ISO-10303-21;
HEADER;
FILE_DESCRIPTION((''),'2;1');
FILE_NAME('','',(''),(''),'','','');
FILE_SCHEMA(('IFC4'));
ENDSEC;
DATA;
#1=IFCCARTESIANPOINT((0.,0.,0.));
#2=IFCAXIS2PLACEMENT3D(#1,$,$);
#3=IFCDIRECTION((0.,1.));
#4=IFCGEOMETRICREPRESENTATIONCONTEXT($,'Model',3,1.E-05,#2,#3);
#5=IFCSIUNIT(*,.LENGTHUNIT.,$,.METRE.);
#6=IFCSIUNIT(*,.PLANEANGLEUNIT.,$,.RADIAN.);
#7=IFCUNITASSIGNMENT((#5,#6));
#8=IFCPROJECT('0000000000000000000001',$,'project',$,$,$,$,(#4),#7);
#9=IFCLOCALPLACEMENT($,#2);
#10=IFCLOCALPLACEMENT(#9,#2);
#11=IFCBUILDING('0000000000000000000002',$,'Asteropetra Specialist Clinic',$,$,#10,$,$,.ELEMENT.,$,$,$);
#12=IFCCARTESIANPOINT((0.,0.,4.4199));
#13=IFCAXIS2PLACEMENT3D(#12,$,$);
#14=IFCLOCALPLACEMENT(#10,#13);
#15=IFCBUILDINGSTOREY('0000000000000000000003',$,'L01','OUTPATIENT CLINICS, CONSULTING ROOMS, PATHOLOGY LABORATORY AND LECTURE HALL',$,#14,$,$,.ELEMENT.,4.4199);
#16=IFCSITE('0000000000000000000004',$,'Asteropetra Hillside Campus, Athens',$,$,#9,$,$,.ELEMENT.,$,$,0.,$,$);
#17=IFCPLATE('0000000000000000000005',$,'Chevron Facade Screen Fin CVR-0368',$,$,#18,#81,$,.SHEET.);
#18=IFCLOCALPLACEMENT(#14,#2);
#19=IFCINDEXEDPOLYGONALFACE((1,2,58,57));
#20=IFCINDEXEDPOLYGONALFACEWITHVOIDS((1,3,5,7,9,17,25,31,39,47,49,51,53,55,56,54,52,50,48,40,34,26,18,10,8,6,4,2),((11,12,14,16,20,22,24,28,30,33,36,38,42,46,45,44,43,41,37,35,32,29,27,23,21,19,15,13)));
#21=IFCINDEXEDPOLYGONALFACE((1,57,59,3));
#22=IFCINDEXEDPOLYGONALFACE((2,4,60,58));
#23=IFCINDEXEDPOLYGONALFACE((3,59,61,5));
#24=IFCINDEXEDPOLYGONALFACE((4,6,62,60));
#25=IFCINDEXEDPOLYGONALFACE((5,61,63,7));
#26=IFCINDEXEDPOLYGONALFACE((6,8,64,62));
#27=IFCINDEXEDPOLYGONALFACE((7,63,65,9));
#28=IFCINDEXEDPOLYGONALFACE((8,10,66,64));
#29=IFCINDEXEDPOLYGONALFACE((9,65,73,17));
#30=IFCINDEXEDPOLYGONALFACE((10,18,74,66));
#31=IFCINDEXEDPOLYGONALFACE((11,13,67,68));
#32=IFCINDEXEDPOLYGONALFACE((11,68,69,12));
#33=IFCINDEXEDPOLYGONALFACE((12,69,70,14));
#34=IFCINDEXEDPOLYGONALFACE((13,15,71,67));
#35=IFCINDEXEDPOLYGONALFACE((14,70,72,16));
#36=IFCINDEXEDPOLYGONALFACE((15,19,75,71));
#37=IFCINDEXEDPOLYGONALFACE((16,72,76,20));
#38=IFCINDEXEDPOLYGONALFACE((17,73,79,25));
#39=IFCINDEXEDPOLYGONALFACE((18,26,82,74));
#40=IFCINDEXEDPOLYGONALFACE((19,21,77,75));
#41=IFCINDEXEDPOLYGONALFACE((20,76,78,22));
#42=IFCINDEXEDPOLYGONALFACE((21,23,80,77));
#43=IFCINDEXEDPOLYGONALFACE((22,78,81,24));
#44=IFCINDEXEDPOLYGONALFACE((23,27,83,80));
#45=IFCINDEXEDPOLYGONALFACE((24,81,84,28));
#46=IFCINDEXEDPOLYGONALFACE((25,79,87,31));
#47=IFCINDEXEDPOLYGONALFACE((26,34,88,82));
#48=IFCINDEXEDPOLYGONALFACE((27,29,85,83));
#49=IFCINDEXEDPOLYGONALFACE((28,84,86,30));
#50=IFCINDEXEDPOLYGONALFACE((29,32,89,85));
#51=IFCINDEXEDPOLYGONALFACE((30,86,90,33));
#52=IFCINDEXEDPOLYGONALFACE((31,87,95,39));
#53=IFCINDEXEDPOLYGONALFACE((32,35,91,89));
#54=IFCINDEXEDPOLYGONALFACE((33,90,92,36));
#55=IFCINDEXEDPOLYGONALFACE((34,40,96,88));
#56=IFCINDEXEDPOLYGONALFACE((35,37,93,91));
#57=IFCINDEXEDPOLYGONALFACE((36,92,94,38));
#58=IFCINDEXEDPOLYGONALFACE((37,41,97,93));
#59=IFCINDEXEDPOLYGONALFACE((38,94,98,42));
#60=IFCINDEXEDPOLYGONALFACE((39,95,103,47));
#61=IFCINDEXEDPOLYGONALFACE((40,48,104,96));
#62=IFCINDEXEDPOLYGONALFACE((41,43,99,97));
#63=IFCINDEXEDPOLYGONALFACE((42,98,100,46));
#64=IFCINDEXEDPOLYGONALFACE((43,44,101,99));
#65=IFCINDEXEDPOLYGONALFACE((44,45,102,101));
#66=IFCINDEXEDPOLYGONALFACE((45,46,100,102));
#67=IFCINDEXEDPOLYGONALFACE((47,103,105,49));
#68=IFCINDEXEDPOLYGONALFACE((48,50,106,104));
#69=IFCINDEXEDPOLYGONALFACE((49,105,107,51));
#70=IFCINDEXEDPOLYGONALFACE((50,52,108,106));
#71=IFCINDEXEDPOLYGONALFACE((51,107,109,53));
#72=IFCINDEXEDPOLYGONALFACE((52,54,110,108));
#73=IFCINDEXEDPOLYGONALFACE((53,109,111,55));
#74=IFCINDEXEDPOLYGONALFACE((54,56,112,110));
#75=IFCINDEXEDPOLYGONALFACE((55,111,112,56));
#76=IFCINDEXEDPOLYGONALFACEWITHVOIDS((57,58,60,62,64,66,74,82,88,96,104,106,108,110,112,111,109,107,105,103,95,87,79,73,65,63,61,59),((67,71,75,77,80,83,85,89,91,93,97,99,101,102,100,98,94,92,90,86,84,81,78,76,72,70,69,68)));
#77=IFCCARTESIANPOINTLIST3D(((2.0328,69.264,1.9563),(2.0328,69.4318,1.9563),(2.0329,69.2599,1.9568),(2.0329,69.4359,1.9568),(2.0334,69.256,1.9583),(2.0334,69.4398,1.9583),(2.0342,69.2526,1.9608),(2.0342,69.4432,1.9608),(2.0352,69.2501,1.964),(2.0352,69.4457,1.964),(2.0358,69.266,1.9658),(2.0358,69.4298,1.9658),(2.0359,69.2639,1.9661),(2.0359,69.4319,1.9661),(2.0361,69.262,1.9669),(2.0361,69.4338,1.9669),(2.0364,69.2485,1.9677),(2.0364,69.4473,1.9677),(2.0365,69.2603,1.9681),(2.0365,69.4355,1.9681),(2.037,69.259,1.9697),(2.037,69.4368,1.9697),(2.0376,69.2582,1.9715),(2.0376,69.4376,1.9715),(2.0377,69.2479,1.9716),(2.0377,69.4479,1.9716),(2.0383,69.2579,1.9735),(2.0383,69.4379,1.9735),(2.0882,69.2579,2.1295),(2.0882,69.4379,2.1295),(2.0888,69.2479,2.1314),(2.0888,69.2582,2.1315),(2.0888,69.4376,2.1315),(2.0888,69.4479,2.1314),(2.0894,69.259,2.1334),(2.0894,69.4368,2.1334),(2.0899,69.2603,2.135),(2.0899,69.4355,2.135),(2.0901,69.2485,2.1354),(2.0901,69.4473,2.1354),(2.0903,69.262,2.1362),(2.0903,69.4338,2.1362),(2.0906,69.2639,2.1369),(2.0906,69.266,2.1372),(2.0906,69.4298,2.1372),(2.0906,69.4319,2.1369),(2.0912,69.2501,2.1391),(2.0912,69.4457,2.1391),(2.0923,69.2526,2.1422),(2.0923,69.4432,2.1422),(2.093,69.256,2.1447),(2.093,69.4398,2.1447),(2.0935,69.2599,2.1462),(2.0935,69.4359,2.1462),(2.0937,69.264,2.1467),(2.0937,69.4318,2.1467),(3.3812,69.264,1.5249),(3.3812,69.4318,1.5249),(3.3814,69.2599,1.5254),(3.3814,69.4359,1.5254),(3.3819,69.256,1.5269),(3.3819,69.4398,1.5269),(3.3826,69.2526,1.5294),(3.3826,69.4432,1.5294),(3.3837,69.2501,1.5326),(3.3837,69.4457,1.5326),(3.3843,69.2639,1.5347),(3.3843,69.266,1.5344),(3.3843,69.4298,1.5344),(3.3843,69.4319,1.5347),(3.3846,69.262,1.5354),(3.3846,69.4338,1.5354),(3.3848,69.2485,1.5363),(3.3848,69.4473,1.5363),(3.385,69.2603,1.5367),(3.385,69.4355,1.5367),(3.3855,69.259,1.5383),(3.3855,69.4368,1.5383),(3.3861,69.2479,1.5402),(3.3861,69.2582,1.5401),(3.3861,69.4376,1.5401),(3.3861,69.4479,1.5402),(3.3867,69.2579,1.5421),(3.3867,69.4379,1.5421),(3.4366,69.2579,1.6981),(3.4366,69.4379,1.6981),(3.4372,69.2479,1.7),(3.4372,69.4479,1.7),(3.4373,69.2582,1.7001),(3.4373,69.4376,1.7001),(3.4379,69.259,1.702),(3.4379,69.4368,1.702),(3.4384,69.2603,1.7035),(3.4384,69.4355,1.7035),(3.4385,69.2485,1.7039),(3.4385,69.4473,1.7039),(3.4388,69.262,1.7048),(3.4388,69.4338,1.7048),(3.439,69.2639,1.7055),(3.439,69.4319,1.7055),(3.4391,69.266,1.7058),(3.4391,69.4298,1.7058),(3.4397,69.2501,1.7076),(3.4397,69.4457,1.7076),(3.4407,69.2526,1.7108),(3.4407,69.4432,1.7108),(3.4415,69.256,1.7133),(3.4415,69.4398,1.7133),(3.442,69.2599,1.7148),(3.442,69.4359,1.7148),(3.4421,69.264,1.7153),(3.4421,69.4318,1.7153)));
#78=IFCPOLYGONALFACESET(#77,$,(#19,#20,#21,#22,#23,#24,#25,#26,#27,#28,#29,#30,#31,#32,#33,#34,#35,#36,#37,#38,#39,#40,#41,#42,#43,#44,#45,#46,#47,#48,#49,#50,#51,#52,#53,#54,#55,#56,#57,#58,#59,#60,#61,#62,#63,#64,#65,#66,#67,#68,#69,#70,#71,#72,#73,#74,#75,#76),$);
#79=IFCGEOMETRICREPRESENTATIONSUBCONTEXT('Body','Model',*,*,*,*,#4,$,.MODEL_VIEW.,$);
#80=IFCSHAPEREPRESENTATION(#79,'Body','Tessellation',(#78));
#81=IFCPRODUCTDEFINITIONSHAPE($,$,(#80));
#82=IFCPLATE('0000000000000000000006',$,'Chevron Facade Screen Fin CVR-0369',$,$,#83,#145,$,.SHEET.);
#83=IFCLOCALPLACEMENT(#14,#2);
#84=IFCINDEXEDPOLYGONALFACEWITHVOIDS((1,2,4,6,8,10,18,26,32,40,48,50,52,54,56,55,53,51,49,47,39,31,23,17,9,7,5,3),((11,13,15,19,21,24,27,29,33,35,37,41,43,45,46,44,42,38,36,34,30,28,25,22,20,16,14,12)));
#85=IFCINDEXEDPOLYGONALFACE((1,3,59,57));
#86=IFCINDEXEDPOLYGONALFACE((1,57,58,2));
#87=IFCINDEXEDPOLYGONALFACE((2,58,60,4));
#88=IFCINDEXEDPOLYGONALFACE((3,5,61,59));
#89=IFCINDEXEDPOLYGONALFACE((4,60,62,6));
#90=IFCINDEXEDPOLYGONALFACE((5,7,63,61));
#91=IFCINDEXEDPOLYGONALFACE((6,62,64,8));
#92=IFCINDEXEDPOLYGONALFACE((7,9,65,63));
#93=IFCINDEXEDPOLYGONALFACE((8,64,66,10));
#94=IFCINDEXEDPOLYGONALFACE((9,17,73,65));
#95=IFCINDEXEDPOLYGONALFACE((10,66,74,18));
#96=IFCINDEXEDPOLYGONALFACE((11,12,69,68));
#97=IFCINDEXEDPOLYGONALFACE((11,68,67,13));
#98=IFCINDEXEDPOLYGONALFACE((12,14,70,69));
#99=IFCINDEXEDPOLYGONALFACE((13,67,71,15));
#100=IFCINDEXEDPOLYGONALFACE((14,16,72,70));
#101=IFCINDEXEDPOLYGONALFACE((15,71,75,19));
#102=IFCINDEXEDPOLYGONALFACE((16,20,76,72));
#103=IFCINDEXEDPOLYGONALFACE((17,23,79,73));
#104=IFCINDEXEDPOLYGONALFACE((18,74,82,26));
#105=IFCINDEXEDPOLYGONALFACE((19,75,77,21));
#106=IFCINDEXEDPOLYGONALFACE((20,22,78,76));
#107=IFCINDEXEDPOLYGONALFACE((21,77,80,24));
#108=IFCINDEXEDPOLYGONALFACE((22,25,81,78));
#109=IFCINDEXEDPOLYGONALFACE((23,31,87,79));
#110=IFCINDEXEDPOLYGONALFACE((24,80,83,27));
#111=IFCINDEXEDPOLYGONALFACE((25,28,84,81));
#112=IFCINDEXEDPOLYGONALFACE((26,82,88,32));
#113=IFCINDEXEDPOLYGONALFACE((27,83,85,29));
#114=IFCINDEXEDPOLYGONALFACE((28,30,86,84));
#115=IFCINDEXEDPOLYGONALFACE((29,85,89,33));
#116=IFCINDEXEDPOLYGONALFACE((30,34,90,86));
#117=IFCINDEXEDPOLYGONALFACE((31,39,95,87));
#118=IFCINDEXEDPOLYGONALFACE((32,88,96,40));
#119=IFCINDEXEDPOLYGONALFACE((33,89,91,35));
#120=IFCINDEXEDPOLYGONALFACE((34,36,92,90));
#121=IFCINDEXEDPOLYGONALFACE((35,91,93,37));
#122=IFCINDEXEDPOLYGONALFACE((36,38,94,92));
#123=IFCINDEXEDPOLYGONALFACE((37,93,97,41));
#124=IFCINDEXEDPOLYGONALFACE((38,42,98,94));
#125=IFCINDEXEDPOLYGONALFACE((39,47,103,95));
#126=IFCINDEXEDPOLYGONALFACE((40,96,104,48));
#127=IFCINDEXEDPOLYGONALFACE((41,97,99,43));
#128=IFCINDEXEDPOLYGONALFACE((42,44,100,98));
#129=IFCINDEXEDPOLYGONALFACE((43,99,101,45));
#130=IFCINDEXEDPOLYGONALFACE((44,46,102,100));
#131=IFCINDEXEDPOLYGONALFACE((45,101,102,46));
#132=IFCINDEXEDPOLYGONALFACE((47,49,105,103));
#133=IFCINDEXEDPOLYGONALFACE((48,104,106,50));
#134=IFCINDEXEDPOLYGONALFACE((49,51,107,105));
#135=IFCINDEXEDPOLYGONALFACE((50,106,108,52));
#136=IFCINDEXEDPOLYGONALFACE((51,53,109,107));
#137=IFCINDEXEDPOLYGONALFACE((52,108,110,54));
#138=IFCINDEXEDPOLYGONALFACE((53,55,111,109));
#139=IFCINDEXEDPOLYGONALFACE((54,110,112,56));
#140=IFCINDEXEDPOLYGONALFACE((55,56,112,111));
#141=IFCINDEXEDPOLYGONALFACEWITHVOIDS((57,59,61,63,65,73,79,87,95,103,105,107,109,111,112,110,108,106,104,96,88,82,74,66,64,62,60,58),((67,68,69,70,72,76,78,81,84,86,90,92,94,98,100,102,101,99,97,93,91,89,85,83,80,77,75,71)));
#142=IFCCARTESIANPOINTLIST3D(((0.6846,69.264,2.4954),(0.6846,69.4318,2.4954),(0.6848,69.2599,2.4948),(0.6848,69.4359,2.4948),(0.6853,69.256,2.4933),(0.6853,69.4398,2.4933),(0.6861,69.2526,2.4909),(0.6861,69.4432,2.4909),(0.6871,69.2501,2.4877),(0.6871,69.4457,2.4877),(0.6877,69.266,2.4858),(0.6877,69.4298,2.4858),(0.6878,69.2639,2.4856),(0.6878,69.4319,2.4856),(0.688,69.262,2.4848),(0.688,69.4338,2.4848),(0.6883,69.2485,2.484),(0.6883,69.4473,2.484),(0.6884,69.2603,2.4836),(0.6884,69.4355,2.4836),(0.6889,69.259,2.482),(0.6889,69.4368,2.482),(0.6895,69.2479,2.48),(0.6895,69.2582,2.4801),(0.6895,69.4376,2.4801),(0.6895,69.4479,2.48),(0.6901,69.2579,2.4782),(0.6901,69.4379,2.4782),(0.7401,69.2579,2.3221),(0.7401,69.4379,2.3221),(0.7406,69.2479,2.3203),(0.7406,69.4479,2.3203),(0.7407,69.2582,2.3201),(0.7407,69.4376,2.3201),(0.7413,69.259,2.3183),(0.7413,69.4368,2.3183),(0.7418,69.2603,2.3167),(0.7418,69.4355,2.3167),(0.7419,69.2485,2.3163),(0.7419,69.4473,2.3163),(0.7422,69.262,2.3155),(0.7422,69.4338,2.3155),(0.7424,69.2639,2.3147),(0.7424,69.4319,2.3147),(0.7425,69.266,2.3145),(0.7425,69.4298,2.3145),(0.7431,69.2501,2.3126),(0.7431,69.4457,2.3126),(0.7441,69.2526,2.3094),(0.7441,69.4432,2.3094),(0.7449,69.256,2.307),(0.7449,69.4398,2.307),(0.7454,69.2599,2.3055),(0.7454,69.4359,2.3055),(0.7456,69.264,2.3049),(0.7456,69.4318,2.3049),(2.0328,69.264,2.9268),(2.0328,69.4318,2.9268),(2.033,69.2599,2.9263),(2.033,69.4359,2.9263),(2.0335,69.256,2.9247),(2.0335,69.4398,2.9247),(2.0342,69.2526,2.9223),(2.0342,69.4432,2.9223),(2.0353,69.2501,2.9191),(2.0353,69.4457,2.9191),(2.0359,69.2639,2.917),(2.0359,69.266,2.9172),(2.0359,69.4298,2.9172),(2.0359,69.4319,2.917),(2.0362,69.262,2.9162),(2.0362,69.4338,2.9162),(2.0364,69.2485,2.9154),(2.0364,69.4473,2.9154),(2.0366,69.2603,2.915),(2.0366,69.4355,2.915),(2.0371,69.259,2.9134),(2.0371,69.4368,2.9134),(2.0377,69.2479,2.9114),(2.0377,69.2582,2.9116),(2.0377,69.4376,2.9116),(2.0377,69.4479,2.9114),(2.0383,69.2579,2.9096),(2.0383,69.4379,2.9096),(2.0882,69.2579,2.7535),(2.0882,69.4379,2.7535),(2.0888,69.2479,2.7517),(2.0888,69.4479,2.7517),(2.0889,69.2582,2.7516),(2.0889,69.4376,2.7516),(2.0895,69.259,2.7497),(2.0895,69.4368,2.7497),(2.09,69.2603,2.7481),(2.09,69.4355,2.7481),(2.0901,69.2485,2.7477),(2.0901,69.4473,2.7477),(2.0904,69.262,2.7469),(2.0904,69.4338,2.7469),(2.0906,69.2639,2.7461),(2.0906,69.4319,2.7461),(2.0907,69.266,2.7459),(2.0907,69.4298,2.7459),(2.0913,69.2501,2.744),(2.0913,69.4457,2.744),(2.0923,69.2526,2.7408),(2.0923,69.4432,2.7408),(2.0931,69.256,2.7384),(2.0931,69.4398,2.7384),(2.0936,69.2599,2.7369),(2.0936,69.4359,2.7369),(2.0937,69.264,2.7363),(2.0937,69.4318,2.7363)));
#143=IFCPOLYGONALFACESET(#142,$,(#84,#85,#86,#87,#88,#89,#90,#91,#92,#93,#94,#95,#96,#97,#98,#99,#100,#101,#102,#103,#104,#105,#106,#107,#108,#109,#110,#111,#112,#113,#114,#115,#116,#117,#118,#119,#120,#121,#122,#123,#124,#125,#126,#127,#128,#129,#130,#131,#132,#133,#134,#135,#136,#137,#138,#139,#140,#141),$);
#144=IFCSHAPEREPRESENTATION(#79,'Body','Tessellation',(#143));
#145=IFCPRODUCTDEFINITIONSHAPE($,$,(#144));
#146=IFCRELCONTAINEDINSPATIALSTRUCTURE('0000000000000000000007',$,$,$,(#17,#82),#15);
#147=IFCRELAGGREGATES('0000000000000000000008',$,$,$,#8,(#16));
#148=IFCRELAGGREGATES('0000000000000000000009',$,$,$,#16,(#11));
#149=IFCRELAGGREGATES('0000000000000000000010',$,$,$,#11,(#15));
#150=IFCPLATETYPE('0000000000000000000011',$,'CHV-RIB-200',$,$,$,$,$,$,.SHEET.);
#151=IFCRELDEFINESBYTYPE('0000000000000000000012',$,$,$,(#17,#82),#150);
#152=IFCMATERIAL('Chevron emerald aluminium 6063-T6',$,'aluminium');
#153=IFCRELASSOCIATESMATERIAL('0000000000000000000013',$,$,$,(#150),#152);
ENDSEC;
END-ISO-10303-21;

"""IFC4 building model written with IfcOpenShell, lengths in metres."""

from ifc_helpers import new_model, si_unit, direction, frame, origin, origin_2d, place, context, subcontext, project, spatial, hollow_rectangle, extrude, material, material_profile, profile_set, type_object, element, save


model = new_model("IFC4")

# Units and contexts
model_context = context("Model", 3, precision=1e-05, world=origin(), true_north=direction((0.0, 1.0)))
body_context = subcontext(model_context, "Body", "Model", "MODEL_VIEW")
ifc_project = project(units=[si_unit("LENGTHUNIT", "METRE"), si_unit("PLANEANGLEUNIT", "RADIAN")], contexts=[model_context])

# Site, building, storey
site_placement = place(None, origin())
site = spatial("IfcSite", under=ifc_project, at=site_placement, Name="Asteropetra Hillside Campus, Athens", CompositionType="ELEMENT", RefElevation=0.0)
building_placement = place(site_placement, origin())
building = spatial("IfcBuilding", under=site, at=building_placement, Name="Asteropetra Specialist Clinic", CompositionType="ELEMENT")
storey_placement = place(building_placement, frame((0.0, 0.0, 4.4199)))
storey = spatial("IfcBuildingStorey", under=building, at=storey_placement, Name="L01", Description="OUTPATIENT CLINICS, CONSULTING ROOMS, PATHOLOGY LABORATORY AND LECTURE HALL", CompositionType="ELEMENT", Elevation=4.4199)

# Plates
ifc_material_1 = material(Name="Chevron emerald aluminium 6063-T6", Category="aluminium")
ifc_material_profile_1 = material_profile(ifc_material_1, hollow_rectangle(XDim=0.2, YDim=0.2, WallThickness=0.01, InnerFilletRadius=0.0081, OuterFilletRadius=0.0161, at=origin_2d()), Name="SHS 200x200x10.0")
ifc_profile_set_1 = profile_set([ifc_material_profile_1], Name="Chevron emerald aluminium 6063-T6")
plate_type = type_object("IfcPlateType", Name="CHV-RIB-200", PredefinedType="SHEET", material=ifc_profile_set_1)
plate_1_placement = place(storey_placement, frame((2.0632, 69.3479, 2.0515), z_axis=(0.952442, 0.0, -0.304719), x_axis=(0.0, 1.0, 0.0)))
element("IfcPlate", 1, at=plate_1_placement, inside=storey, type_object=plate_type, Name="Chevron Facade Screen Fin CVR-0368", PredefinedType="SHEET", context=body_context, shape_type="SweptSolid", body=[
    extrude(hollow_rectangle(XDim=0.2, YDim=0.2, WallThickness=0.01, InnerFilletRadius=0.0081, OuterFilletRadius=0.0161, at=origin_2d()), origin(), (0.0, 0.0, 1.0), 1.4158),
])
plate_2_placement = place(storey_placement, frame((0.7151, 69.3479, 2.4001), z_axis=(0.952426, 0.0, 0.304769), x_axis=(0.0, 1.0, 0.0)))
element("IfcPlate", 2, at=plate_2_placement, inside=storey, type_object=plate_type, Name="Chevron Facade Screen Fin CVR-0369", PredefinedType="SHEET", context=body_context, shape_type="SweptSolid", body=[
    extrude(hollow_rectangle(XDim=0.2, YDim=0.2, WallThickness=0.01, InnerFilletRadius=0.0081, OuterFilletRadius=0.0161, at=origin_2d()), origin(), (0.0, 0.0, 1.0), 1.4155),
])

save(model, "model.ifc")
